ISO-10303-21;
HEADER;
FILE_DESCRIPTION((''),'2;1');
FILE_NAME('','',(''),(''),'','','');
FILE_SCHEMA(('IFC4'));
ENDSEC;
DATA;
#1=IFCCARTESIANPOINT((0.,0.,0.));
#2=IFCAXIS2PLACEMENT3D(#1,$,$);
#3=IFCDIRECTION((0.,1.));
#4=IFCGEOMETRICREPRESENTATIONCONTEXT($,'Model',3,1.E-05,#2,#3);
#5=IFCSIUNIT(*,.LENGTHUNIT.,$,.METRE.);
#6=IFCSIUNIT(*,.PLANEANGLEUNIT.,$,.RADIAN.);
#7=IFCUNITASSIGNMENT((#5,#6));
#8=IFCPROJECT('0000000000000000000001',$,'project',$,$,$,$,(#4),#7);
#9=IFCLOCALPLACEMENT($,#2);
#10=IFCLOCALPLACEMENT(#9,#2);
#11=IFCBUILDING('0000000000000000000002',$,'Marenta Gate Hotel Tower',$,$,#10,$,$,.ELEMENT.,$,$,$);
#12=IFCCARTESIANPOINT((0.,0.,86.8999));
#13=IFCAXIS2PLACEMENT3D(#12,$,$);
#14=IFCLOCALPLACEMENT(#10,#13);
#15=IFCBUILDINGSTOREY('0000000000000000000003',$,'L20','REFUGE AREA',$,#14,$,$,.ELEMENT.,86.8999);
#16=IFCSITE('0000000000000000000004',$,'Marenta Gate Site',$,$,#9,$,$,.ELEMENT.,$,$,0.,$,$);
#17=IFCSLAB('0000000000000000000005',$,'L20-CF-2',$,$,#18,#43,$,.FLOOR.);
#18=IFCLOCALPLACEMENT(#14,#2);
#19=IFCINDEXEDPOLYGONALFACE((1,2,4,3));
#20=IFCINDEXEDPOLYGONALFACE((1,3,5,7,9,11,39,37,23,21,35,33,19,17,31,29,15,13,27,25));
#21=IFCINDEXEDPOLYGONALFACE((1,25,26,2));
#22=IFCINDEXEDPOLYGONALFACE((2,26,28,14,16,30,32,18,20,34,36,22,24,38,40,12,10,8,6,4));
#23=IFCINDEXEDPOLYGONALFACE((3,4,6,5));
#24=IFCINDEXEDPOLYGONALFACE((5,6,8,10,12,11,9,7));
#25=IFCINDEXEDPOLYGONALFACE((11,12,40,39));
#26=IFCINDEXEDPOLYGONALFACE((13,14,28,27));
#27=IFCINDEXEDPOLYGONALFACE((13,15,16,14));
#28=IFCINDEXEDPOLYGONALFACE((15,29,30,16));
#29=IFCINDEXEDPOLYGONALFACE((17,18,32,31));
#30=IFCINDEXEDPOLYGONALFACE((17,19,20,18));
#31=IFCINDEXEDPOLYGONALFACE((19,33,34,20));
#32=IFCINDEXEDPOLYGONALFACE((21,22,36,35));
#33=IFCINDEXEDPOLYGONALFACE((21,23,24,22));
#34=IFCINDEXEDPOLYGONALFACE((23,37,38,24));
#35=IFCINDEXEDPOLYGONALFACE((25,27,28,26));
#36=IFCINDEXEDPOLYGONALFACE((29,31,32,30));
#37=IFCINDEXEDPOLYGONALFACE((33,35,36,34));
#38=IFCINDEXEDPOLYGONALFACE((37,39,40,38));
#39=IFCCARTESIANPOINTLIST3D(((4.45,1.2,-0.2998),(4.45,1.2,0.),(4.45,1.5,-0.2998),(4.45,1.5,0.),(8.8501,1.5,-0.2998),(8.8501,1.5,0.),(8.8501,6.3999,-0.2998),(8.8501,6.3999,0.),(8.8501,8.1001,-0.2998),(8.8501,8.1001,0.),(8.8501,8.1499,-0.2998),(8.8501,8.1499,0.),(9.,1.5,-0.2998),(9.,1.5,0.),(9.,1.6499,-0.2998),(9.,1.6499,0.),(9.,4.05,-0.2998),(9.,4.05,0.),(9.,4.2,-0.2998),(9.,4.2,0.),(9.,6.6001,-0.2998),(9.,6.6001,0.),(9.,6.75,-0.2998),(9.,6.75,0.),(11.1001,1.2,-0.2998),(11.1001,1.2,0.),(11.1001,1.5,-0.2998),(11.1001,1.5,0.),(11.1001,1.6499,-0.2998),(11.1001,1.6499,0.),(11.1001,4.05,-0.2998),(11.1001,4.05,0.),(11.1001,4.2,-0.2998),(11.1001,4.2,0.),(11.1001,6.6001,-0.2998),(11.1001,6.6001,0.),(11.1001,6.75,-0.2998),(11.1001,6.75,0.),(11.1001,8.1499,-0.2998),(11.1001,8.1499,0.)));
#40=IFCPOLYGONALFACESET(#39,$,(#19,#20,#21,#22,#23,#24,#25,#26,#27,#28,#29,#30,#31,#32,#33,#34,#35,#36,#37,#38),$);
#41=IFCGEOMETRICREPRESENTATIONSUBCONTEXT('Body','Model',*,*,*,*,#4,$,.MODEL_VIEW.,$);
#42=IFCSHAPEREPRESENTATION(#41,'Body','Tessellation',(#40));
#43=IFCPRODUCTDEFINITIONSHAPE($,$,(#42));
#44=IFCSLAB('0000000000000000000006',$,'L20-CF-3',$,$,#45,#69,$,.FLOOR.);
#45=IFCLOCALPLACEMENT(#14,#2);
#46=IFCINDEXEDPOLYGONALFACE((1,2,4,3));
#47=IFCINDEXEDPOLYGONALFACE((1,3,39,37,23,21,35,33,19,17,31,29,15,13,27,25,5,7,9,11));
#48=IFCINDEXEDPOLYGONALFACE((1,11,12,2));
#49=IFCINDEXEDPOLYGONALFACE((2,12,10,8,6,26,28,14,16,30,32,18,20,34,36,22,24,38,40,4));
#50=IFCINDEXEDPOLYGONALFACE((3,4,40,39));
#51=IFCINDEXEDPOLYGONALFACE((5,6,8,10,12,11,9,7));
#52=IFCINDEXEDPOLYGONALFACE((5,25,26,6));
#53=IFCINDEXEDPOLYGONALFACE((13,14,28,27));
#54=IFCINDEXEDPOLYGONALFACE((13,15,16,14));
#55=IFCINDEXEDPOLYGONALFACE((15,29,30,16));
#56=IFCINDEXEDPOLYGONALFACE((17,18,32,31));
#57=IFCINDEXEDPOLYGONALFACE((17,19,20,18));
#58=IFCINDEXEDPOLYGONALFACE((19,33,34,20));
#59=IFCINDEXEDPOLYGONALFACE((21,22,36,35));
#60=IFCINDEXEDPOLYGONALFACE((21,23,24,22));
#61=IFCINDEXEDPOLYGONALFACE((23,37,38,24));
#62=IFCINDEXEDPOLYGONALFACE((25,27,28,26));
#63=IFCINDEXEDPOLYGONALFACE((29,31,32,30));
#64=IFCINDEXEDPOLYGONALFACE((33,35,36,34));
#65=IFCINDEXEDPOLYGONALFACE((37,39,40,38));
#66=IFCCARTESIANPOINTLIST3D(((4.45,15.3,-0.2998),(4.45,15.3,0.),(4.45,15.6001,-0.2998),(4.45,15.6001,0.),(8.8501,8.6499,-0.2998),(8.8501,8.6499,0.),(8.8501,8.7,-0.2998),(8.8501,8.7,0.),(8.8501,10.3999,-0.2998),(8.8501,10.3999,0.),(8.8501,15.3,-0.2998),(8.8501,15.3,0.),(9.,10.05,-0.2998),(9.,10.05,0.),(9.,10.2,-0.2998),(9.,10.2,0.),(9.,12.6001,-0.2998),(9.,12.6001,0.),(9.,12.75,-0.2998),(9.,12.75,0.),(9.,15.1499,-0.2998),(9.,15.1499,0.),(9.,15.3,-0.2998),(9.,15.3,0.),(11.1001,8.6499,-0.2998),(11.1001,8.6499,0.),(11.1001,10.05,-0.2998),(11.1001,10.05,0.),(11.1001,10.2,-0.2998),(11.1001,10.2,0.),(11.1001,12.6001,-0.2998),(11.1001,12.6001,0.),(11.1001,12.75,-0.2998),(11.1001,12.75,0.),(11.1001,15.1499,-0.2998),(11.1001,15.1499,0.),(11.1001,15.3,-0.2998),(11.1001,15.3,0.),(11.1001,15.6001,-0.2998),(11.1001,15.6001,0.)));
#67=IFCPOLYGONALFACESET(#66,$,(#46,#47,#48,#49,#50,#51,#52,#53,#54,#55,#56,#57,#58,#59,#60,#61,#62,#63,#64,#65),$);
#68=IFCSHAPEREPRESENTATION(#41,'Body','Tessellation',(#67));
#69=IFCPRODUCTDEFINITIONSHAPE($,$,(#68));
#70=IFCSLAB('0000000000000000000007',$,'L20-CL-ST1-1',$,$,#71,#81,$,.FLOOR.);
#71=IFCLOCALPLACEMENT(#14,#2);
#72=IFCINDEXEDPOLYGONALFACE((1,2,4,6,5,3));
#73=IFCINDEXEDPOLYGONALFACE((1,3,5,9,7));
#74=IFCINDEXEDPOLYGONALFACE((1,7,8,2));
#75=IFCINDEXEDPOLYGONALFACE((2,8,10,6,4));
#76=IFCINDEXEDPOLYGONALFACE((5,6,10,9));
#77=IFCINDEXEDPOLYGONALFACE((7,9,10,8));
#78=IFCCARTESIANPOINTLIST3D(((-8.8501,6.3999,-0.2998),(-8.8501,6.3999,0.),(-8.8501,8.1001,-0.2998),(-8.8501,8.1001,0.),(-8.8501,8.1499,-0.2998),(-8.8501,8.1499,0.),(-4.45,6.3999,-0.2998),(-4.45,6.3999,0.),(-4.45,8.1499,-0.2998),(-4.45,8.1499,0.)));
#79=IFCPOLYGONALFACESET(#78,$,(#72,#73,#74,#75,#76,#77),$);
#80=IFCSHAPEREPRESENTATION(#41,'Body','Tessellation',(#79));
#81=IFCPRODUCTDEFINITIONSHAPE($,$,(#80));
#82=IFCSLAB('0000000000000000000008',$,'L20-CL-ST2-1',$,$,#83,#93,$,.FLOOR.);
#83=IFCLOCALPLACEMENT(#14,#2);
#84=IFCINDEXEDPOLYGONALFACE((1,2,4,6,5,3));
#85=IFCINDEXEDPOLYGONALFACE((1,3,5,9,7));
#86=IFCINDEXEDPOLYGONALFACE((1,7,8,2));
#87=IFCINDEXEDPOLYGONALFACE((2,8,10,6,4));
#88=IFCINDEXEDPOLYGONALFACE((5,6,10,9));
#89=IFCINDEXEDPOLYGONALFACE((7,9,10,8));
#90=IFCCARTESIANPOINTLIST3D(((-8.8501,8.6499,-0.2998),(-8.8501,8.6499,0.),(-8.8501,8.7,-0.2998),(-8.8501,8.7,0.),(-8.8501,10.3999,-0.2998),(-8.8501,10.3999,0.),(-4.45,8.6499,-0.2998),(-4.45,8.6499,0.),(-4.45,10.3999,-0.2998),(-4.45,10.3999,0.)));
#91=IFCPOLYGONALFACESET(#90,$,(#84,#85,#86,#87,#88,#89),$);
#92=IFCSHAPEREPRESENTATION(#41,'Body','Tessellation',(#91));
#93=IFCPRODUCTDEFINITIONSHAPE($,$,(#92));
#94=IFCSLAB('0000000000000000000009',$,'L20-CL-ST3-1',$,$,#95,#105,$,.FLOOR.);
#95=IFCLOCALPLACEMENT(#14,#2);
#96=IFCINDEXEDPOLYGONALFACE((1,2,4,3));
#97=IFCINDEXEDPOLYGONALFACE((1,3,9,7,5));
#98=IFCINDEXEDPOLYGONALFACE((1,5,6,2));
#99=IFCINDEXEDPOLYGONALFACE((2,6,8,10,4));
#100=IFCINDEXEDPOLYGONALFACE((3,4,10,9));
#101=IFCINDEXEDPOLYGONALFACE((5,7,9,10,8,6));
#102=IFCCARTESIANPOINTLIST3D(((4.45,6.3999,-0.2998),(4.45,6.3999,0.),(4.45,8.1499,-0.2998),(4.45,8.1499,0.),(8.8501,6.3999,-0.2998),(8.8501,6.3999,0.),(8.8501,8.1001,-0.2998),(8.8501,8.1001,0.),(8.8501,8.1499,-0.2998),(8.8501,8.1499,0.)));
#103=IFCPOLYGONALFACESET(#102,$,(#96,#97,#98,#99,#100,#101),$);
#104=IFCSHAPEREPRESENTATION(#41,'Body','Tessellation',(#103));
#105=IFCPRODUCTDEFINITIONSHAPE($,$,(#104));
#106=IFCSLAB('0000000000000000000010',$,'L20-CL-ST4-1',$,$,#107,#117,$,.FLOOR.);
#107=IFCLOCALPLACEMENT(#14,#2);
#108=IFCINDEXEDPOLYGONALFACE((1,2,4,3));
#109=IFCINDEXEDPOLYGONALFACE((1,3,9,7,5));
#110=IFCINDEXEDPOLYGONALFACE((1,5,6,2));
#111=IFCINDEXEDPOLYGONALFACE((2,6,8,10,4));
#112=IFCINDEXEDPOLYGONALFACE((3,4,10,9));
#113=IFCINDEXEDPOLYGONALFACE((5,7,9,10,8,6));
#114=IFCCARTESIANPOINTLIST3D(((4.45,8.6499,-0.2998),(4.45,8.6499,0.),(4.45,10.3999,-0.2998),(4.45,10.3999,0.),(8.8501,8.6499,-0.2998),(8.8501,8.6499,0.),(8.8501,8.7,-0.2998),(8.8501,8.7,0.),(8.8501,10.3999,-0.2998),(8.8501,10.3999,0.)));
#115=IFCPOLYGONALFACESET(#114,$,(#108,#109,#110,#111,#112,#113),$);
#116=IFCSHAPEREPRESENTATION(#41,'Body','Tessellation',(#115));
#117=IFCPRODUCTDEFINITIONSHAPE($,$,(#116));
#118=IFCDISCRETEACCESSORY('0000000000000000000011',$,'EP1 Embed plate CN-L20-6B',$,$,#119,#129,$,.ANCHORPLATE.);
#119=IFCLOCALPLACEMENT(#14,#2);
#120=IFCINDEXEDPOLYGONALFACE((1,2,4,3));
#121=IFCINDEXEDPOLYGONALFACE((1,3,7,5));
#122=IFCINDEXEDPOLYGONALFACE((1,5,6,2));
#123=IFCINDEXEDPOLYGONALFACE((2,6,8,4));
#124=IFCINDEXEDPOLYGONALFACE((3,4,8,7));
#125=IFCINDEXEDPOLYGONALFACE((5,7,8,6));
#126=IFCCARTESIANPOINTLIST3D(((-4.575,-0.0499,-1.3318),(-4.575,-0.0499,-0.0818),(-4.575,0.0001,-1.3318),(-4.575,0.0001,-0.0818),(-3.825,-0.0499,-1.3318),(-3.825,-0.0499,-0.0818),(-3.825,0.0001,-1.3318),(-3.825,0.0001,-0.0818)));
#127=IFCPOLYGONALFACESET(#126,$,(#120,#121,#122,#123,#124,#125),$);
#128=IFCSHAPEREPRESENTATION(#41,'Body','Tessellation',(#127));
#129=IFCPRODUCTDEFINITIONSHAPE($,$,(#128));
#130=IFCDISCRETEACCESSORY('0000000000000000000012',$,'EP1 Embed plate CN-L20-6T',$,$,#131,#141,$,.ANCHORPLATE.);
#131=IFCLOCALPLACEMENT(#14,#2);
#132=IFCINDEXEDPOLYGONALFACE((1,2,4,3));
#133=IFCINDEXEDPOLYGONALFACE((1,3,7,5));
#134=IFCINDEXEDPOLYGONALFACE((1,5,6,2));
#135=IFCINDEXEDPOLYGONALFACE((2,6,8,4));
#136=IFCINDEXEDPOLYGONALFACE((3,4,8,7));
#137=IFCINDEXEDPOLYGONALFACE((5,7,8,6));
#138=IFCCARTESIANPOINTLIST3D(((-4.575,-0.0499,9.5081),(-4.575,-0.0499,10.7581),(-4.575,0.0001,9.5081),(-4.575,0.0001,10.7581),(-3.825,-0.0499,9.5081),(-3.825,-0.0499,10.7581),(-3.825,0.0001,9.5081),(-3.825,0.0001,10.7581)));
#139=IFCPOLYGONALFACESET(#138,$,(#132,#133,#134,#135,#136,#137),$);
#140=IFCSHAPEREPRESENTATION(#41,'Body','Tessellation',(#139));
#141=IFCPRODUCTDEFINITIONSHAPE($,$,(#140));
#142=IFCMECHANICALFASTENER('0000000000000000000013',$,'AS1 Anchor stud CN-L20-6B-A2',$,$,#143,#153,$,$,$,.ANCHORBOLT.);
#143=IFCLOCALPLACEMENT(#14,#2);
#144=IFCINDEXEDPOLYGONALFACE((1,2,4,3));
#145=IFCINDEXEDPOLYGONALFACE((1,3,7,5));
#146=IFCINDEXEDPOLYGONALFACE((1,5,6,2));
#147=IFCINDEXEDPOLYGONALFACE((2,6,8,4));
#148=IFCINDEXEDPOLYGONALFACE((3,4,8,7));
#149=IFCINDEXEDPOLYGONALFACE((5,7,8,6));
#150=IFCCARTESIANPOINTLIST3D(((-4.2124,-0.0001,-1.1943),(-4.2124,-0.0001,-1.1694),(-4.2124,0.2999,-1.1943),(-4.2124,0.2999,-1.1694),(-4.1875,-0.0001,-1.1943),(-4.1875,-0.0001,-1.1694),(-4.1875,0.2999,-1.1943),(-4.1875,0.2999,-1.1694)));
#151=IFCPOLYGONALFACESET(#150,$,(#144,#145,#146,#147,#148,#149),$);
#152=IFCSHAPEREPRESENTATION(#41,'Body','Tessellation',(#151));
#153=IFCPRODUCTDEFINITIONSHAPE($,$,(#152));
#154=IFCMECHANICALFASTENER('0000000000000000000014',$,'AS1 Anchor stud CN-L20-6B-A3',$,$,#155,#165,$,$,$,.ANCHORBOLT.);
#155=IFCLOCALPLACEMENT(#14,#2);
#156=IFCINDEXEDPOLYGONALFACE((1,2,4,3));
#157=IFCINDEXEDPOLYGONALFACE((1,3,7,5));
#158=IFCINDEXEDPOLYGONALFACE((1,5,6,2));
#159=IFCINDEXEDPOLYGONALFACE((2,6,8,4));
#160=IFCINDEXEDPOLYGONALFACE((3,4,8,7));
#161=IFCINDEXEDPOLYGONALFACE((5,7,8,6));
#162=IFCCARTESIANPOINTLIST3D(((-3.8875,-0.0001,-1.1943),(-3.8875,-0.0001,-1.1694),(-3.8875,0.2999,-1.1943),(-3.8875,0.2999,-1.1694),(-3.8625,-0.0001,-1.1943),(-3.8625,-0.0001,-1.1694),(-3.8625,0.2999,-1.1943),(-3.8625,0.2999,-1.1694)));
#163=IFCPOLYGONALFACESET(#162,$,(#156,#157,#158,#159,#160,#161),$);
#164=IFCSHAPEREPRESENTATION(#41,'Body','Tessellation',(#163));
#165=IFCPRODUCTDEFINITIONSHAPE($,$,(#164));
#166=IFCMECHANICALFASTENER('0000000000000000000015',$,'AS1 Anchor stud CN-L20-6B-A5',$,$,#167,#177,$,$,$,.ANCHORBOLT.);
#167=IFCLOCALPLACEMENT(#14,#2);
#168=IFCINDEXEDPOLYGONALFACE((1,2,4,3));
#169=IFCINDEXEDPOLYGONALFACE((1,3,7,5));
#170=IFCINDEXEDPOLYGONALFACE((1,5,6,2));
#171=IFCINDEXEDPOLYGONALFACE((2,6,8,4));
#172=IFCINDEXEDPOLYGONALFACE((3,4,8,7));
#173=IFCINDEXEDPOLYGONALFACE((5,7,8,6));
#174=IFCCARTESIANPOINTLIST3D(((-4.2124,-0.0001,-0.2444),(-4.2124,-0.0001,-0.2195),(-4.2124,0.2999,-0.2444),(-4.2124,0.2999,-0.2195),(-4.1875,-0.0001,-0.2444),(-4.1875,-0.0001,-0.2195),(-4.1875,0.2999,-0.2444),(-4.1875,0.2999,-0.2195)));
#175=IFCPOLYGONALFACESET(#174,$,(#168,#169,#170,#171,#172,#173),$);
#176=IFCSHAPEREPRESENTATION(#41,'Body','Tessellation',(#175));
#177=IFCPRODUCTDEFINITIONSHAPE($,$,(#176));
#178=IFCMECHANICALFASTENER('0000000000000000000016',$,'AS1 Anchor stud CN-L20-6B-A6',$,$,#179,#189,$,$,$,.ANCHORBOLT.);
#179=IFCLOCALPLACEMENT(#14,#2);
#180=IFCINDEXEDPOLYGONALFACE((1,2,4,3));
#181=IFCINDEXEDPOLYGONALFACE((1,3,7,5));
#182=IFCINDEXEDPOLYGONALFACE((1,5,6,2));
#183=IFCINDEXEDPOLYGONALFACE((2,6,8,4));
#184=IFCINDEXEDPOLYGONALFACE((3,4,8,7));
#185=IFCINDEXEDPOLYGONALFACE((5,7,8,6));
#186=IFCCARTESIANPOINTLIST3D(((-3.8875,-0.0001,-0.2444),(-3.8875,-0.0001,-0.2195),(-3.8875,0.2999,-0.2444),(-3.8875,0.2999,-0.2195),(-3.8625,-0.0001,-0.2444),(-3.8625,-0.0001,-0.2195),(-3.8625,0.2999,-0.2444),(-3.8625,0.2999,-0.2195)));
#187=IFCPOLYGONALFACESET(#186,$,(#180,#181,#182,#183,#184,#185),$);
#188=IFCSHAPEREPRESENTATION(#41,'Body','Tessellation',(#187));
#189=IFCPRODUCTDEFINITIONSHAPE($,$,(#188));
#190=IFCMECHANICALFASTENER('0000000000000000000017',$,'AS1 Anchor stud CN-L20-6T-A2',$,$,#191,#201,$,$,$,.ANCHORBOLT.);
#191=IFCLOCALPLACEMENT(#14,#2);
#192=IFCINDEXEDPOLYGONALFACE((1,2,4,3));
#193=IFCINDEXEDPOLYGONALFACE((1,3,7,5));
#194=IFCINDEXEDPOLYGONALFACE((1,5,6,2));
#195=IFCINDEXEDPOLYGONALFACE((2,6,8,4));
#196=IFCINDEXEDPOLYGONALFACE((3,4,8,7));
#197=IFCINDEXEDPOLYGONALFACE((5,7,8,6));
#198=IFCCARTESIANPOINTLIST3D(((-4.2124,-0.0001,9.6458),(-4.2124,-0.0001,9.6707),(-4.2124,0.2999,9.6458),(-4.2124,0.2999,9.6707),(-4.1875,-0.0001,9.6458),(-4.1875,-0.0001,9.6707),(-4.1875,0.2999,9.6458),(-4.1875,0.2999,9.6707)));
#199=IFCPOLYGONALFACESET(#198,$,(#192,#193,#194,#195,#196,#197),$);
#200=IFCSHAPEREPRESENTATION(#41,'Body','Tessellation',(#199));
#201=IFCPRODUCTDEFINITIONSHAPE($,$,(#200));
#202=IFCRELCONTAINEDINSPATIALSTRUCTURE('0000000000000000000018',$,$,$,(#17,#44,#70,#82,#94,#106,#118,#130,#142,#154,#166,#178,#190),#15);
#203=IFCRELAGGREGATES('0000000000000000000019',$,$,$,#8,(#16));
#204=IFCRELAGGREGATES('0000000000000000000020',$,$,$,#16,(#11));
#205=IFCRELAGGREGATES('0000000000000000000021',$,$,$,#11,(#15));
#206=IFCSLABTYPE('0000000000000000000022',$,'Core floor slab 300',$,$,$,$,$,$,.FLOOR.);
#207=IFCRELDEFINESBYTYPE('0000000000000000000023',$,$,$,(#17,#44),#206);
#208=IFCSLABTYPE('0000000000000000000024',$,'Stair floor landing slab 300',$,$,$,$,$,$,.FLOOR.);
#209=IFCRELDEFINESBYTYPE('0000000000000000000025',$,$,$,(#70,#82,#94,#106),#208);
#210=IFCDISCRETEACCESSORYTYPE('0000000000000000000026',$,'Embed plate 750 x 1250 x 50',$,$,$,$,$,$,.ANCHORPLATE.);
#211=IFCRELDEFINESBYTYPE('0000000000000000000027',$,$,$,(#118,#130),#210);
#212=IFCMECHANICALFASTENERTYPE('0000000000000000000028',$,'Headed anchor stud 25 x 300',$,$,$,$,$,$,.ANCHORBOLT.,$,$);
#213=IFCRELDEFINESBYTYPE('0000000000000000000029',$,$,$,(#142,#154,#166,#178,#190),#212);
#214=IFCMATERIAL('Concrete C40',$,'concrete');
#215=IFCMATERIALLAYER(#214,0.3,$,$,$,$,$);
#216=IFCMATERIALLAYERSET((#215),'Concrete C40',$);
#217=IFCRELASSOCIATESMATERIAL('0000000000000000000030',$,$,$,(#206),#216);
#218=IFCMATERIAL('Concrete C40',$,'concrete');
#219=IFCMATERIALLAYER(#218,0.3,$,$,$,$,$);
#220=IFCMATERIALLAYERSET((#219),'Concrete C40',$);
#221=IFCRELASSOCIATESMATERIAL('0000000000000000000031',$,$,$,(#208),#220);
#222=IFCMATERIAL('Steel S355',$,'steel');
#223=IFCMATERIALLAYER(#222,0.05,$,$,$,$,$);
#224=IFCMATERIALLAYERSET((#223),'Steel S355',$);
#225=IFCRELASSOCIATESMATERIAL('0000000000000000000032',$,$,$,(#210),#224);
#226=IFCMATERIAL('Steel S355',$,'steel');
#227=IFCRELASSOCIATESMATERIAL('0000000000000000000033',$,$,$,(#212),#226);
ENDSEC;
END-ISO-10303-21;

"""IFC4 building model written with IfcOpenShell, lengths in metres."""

from ifc_helpers import new_model, si_unit, direction, frame, origin, origin_2d, place, context, subcontext, project, spatial, polyline, rectangle, outline, extrude, material, layer, layer_set, type_object, element, save


model = new_model("IFC4")

# Units and contexts
model_context = context("Model", 3, precision=1e-05, world=origin(), true_north=direction((0.0, 1.0)))
body_context = subcontext(model_context, "Body", "Model", "MODEL_VIEW")
ifc_project = project(units=[si_unit("LENGTHUNIT", "METRE"), si_unit("PLANEANGLEUNIT", "RADIAN")], contexts=[model_context])

# Site, building, storey
site_placement = place(None, origin())
site = spatial("IfcSite", under=ifc_project, at=site_placement, Name="Marenta Gate Site", CompositionType="ELEMENT", RefElevation=0.0)
building_placement = place(site_placement, origin())
building = spatial("IfcBuilding", under=site, at=building_placement, Name="Marenta Gate Hotel Tower", CompositionType="ELEMENT")
storey_placement = place(building_placement, frame((0.0, 0.0, 86.8999)))
storey = spatial("IfcBuildingStorey", under=building, at=storey_placement, Name="L20", Description="REFUGE AREA", CompositionType="ELEMENT", Elevation=86.8999)

# Slabs
ifc_material_1 = material(Name="Concrete C40", Category="concrete")
ifc_layer_1 = layer(ifc_material_1, 0.3)
ifc_layer_set_1 = layer_set([ifc_layer_1], Name="Concrete C40")
slab_type_1 = type_object("IfcSlabType", Name="Core floor slab 300", PredefinedType="FLOOR", material=ifc_layer_set_1)
slab_1_placement = place(storey_placement, frame((0.0, 0.0, -0.2998)))
element("IfcSlab", 1, at=slab_1_placement, inside=storey, type_object=slab_type_1, Name="L20-CF-2", PredefinedType="FLOOR", context=body_context, shape_type="SweptSolid", body=[
    extrude(outline(polyline([(8.8501, 1.5), (8.8501, 6.3999), (8.8501, 8.1001), (8.8501, 8.1499), (11.1001, 8.1499), (11.1001, 6.75), (9.0, 6.75), (9.0, 6.6001), (11.1001, 6.6001), (11.1001, 4.2), (9.0, 4.2), (9.0, 4.05), (11.1001, 4.05), (11.1001, 1.6499), (9.0, 1.6499), (9.0, 1.5), (11.1001, 1.5), (11.1001, 1.2), (4.45, 1.2), (4.45, 1.5), (8.8501, 1.5)])), origin(), (0.0, 0.0, 1.0), 0.2998),
])
slab_2_placement = place(storey_placement, frame((0.0, 0.0, -0.2998)))
element("IfcSlab", 2, at=slab_2_placement, inside=storey, type_object=slab_type_1, Name="L20-CF-3", PredefinedType="FLOOR", context=body_context, shape_type="SweptSolid", body=[
    extrude(outline(polyline([(8.8501, 15.3), (4.45, 15.3), (4.45, 15.6001), (11.1001, 15.6001), (11.1001, 15.3), (9.0, 15.3), (9.0, 15.1499), (11.1001, 15.1499), (11.1001, 12.75), (9.0, 12.75), (9.0, 12.6001), (11.1001, 12.6001), (11.1001, 10.2), (9.0, 10.2), (9.0, 10.05), (11.1001, 10.05), (11.1001, 8.6499), (8.8501, 8.6499), (8.8501, 8.7), (8.8501, 10.3999), (8.8501, 15.3)])), origin(), (0.0, 0.0, 1.0), 0.2998),
])
ifc_material_2 = material(Name="Concrete C40", Category="concrete")
ifc_layer_2 = layer(ifc_material_2, 0.3)
ifc_layer_set_2 = layer_set([ifc_layer_2], Name="Concrete C40")
slab_type_2 = type_object("IfcSlabType", Name="Stair floor landing slab 300", PredefinedType="FLOOR", material=ifc_layer_set_2)
slab_3_placement = place(storey_placement, frame((0.0, 0.0, -0.2998)))
element("IfcSlab", 3, at=slab_3_placement, inside=storey, type_object=slab_type_2, Name="L20-CL-ST1-1", PredefinedType="FLOOR", context=body_context, shape_type="SweptSolid", body=[
    extrude(outline(polyline([(-4.45, 6.3999), (-8.8501, 6.3999), (-8.8501, 8.1001), (-8.8501, 8.1499), (-4.45, 8.1499), (-4.45, 6.3999)])), origin(), (0.0, 0.0, 1.0), 0.2998),
])
slab_4_placement = place(storey_placement, frame((0.0, 0.0, -0.2998)))
element("IfcSlab", 4, at=slab_4_placement, inside=storey, type_object=slab_type_2, Name="L20-CL-ST2-1", PredefinedType="FLOOR", context=body_context, shape_type="SweptSolid", body=[
    extrude(outline(polyline([(-4.45, 8.6499), (-8.8501, 8.6499), (-8.8501, 8.7), (-8.8501, 10.3999), (-4.45, 10.3999), (-4.45, 8.6499)])), origin(), (0.0, 0.0, 1.0), 0.2998),
])
slab_5_placement = place(storey_placement, frame((0.0, 0.0, -0.2998)))
element("IfcSlab", 5, at=slab_5_placement, inside=storey, type_object=slab_type_2, Name="L20-CL-ST3-1", PredefinedType="FLOOR", context=body_context, shape_type="SweptSolid", body=[
    extrude(outline(polyline([(4.45, 6.3999), (4.45, 8.1499), (8.8501, 8.1499), (8.8501, 8.1001), (8.8501, 6.3999), (4.45, 6.3999)])), origin(), (0.0, 0.0, 1.0), 0.2998),
])
slab_6_placement = place(storey_placement, frame((0.0, 0.0, -0.2998)))
element("IfcSlab", 6, at=slab_6_placement, inside=storey, type_object=slab_type_2, Name="L20-CL-ST4-1", PredefinedType="FLOOR", context=body_context, shape_type="SweptSolid", body=[
    extrude(outline(polyline([(4.45, 8.6499), (4.45, 10.3999), (8.8501, 10.3999), (8.8501, 8.7), (8.8501, 8.6499), (4.45, 8.6499)])), origin(), (0.0, 0.0, 1.0), 0.2998),
])

# Discrete accessories
ifc_material_3 = material(Name="Steel S355", Category="steel")
ifc_layer_3 = layer(ifc_material_3, 0.05)
ifc_layer_set_3 = layer_set([ifc_layer_3], Name="Steel S355")
discrete_accessory_type = type_object("IfcDiscreteAccessoryType", Name="Embed plate 750 x 1250 x 50", PredefinedType="ANCHORPLATE", material=ifc_layer_set_3)
for number, where, z_axis, x_axis, name in (
    (7, (-4.2, -0.0249, -1.3318), (0.0, 0.0, 1.0), (1.0, 0.0, 0.0), "EP1 Embed plate CN-L20-6B"),
    (8, (-4.2, -0.0249, 9.5081), (0.0, 0.0, 1.0), (1.0, 0.0, 0.0), "EP1 Embed plate CN-L20-6T"),
):
    element("IfcDiscreteAccessory", number, at=place(storey_placement, frame(where, z_axis=z_axis, x_axis=x_axis)), inside=storey, type_object=discrete_accessory_type, Name=name, PredefinedType="ANCHORPLATE", context=body_context, shape_type="SweptSolid", body=[
        extrude(rectangle(XDim=0.75, YDim=0.05, at=origin_2d()), origin(), (0.0, 0.0, 1.0), 1.25),
    ])

# Mechanical fasteners
ifc_material_4 = material(Name="Steel S355", Category="steel")
mechanical_fastener_type = type_object("IfcMechanicalFastenerType", Name="Headed anchor stud 25 x 300", PredefinedType="ANCHORBOLT", material=ifc_material_4)
for number, where, z_axis, x_axis, name in (
    (9, (-4.2, 0.1499, -1.1943), (0.0, 0.0, 1.0), (1.0, 0.0, 0.0), "AS1 Anchor stud CN-L20-6B-A2"),
    (10, (-3.875, 0.1499, -1.1943), (0.0, 0.0, 1.0), (1.0, 0.0, 0.0), "AS1 Anchor stud CN-L20-6B-A3"),
    (11, (-4.2, 0.1499, -0.2444), (0.0, 0.0, 1.0), (1.0, 0.0, 0.0), "AS1 Anchor stud CN-L20-6B-A5"),
    (12, (-3.875, 0.1499, -0.2444), (0.0, 0.0, 1.0), (1.0, 0.0, 0.0), "AS1 Anchor stud CN-L20-6B-A6"),
    (13, (-4.2, 0.1499, 9.6458), (0.0, 0.0, 1.0), (1.0, 0.0, 0.0), "AS1 Anchor stud CN-L20-6T-A2"),
):
    element("IfcMechanicalFastener", number, at=place(storey_placement, frame(where, z_axis=z_axis, x_axis=x_axis)), inside=storey, type_object=mechanical_fastener_type, Name=name, PredefinedType="ANCHORBOLT", context=body_context, shape_type="SweptSolid", body=[
        extrude(rectangle(XDim=0.0249, YDim=0.3, at=origin_2d()), origin(), (0.0, 0.0, 1.0), 0.0249),
    ])

save(model, "model.ifc")
